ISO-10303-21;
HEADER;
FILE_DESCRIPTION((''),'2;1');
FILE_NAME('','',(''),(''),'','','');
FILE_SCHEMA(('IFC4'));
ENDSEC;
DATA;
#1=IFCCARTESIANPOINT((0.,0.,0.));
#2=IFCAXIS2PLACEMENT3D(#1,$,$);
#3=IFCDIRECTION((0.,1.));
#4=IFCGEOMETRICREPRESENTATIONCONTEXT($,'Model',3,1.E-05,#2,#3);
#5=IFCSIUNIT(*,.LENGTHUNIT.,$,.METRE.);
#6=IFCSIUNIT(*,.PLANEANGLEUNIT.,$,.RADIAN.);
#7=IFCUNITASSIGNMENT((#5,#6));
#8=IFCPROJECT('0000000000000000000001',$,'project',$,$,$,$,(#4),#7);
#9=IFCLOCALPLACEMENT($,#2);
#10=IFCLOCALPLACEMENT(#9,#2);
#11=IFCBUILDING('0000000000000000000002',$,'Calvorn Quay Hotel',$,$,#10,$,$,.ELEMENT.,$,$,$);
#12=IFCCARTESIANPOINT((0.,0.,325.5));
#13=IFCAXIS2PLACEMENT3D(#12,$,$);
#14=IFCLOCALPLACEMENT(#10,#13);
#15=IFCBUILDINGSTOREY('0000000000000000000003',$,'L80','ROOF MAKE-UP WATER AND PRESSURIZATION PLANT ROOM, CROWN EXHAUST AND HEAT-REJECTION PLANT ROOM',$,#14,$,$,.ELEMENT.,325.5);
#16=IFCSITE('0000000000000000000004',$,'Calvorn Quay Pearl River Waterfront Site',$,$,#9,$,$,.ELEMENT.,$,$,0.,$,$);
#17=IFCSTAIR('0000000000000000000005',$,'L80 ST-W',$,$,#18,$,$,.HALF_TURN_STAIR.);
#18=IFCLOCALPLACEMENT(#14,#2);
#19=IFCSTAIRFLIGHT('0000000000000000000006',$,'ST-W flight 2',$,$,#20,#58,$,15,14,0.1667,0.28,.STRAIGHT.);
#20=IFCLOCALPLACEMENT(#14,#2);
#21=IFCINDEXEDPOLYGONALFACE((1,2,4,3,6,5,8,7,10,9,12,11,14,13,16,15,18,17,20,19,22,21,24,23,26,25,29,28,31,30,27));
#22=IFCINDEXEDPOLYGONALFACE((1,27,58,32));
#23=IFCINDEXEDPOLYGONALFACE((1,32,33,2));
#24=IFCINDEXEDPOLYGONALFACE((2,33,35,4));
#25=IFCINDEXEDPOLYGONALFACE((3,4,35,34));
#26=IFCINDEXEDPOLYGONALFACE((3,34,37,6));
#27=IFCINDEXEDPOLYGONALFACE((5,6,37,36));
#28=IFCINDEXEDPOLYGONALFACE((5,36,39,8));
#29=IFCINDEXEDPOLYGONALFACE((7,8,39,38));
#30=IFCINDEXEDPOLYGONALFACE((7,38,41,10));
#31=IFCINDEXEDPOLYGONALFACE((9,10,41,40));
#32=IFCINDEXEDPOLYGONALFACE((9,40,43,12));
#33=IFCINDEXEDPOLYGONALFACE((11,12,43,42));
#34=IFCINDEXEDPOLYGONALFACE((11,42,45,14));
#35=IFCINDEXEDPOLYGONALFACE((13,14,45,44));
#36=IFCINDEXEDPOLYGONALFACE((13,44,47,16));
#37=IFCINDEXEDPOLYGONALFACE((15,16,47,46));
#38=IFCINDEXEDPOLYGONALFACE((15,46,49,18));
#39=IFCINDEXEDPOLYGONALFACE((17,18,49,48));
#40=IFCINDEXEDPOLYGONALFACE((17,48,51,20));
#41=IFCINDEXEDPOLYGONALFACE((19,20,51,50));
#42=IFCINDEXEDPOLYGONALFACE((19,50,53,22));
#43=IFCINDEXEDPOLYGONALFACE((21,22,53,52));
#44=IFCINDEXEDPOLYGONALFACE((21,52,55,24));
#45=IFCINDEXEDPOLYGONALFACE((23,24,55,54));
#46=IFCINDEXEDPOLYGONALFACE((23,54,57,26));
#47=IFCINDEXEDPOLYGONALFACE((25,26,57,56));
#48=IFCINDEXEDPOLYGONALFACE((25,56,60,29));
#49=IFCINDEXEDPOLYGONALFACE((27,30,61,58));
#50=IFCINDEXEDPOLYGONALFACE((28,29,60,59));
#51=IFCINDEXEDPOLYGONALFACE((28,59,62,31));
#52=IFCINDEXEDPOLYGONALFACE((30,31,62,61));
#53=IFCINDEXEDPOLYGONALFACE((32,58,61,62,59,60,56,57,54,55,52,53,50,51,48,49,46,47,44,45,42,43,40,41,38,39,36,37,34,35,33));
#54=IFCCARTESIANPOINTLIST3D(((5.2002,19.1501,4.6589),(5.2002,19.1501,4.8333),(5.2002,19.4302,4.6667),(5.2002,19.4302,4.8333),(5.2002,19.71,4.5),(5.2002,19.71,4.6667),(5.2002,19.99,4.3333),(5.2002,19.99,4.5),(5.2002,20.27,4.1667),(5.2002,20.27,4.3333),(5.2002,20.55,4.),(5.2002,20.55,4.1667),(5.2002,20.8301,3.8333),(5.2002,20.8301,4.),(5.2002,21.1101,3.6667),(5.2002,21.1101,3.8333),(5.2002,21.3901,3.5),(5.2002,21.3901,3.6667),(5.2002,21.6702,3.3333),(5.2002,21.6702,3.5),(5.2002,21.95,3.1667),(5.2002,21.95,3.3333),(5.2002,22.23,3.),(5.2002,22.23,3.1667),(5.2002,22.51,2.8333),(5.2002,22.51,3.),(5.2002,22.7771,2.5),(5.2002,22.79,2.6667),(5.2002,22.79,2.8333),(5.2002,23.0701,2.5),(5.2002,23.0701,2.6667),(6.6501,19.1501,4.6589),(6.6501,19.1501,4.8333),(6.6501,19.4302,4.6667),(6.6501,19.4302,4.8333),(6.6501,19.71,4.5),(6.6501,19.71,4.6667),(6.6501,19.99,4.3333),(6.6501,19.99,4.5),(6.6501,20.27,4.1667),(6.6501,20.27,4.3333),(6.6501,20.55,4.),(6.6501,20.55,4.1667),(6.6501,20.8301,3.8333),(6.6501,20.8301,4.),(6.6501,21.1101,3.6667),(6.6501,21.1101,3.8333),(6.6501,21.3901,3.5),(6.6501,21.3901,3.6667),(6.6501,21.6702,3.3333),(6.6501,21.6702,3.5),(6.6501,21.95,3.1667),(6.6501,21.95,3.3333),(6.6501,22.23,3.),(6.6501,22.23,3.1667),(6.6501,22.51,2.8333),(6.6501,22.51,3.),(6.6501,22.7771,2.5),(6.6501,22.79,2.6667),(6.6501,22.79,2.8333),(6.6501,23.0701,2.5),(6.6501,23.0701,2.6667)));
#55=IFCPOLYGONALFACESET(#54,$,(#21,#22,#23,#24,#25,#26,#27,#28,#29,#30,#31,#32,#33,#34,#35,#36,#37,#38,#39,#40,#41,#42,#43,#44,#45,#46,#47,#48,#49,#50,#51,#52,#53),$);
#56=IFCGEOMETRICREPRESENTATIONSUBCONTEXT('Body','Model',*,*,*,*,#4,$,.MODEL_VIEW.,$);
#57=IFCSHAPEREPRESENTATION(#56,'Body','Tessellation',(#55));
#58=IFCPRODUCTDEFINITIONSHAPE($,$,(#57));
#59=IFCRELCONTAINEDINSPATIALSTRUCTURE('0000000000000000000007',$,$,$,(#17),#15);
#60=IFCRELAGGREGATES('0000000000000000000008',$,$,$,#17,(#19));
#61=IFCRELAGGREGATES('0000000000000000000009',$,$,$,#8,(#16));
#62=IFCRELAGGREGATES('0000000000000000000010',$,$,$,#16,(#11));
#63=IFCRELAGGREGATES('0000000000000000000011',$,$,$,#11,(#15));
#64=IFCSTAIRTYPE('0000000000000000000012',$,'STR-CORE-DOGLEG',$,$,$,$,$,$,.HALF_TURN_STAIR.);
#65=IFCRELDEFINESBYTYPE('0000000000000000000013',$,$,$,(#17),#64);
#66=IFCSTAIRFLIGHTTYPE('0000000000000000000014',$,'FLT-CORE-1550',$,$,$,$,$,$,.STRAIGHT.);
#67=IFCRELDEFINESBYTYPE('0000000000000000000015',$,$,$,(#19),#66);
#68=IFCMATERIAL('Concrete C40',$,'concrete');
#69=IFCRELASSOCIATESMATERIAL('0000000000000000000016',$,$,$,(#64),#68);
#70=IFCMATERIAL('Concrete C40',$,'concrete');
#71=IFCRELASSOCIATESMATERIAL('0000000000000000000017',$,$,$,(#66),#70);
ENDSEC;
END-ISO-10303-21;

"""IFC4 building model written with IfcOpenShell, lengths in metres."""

from ifc_helpers import new_model, si_unit, direction, frame, origin, place, context, subcontext, project, spatial, polyline, outline, extrude, material, type_object, element, aggregate, save


model = new_model("IFC4")

# Units and contexts
model_context = context("Model", 3, precision=1e-05, world=origin(), true_north=direction((0.0, 1.0)))
body_context = subcontext(model_context, "Body", "Model", "MODEL_VIEW")
ifc_project = project(units=[si_unit("LENGTHUNIT", "METRE"), si_unit("PLANEANGLEUNIT", "RADIAN")], contexts=[model_context])

# Site, building, storey
site_placement = place(None, origin())
site = spatial("IfcSite", under=ifc_project, at=site_placement, Name="Calvorn Quay Pearl River Waterfront Site", CompositionType="ELEMENT", RefElevation=0.0)
building_placement = place(site_placement, origin())
building = spatial("IfcBuilding", under=site, at=building_placement, Name="Calvorn Quay Hotel", CompositionType="ELEMENT")
storey_placement = place(building_placement, frame((0.0, 0.0, 325.5)))
storey = spatial("IfcBuildingStorey", under=building, at=storey_placement, Name="L80", Description="ROOF MAKE-UP WATER AND PRESSURIZATION PLANT ROOM, CROWN EXHAUST AND HEAT-REJECTION PLANT ROOM", CompositionType="ELEMENT", Elevation=325.5)

# Stair, stair flight
ifc_material_1 = material(Name="Concrete C40", Category="concrete")
stair_type = type_object("IfcStairType", Name="STR-CORE-DOGLEG", PredefinedType="HALF_TURN_STAIR", material=ifc_material_1)
stair_placement = place(storey_placement, origin())
stair = element("IfcStair", 1, at=stair_placement, inside=storey, type_object=stair_type, Name="L80 ST-W", PredefinedType="HALF_TURN_STAIR")
ifc_material_2 = material(Name="Concrete C40", Category="concrete")
stair_flight_type = type_object("IfcStairFlightType", Name="FLT-CORE-1550", PredefinedType="STRAIGHT", material=ifc_material_2)
stair_flight_placement = place(storey_placement, frame((5.925, 23.0701, 2.5), z_axis=(0.0, 0.0, 1.0), x_axis=(0.0, -1.0, 0.0)))
stair_flight = element("IfcStairFlight", 2, at=stair_flight_placement, type_object=stair_flight_type, Name="ST-W flight 2", NumberOfRisers=15, NumberOfTreads=14, PredefinedType="STRAIGHT", RiserHeight=0.1667, TreadLength=0.28, context=body_context, shape_type="SweptSolid", body=[
    extrude(outline(polyline([(0.0, 0.0), (0.0, 0.1667), (0.28, 0.1667), (0.28, 0.3333), (0.5601, 0.3333), (0.5601, 0.5), (0.8401, 0.5), (0.8401, 0.6667), (1.1201, 0.6667), (1.1201, 0.8333), (1.3999, 0.8333), (1.3999, 1.0), (1.6799, 1.0), (1.6799, 1.1667), (1.96, 1.1667), (1.96, 1.3333), (2.24, 1.3333), (2.24, 1.5), (2.52, 1.5), (2.52, 1.6667), (2.8, 1.6667), (2.8, 1.8333), (3.0801, 1.8333), (3.0801, 2.0), (3.3601, 2.0), (3.3601, 2.1667), (3.6399, 2.1667), (3.6399, 2.3333), (3.9199, 2.3333), (3.9199, 2.5), (3.9199, 2.1589), (0.293, 0.0), (0.0, 0.0)])), frame((0.0, 0.7251, 0.0), z_axis=(0.0, -1.0, 0.0), x_axis=(1.0, 0.0, 0.0)), (0.0, 0.0, 1.0), 1.45),
])
aggregate(stair, [stair_flight])

save(model, "model.ifc")
